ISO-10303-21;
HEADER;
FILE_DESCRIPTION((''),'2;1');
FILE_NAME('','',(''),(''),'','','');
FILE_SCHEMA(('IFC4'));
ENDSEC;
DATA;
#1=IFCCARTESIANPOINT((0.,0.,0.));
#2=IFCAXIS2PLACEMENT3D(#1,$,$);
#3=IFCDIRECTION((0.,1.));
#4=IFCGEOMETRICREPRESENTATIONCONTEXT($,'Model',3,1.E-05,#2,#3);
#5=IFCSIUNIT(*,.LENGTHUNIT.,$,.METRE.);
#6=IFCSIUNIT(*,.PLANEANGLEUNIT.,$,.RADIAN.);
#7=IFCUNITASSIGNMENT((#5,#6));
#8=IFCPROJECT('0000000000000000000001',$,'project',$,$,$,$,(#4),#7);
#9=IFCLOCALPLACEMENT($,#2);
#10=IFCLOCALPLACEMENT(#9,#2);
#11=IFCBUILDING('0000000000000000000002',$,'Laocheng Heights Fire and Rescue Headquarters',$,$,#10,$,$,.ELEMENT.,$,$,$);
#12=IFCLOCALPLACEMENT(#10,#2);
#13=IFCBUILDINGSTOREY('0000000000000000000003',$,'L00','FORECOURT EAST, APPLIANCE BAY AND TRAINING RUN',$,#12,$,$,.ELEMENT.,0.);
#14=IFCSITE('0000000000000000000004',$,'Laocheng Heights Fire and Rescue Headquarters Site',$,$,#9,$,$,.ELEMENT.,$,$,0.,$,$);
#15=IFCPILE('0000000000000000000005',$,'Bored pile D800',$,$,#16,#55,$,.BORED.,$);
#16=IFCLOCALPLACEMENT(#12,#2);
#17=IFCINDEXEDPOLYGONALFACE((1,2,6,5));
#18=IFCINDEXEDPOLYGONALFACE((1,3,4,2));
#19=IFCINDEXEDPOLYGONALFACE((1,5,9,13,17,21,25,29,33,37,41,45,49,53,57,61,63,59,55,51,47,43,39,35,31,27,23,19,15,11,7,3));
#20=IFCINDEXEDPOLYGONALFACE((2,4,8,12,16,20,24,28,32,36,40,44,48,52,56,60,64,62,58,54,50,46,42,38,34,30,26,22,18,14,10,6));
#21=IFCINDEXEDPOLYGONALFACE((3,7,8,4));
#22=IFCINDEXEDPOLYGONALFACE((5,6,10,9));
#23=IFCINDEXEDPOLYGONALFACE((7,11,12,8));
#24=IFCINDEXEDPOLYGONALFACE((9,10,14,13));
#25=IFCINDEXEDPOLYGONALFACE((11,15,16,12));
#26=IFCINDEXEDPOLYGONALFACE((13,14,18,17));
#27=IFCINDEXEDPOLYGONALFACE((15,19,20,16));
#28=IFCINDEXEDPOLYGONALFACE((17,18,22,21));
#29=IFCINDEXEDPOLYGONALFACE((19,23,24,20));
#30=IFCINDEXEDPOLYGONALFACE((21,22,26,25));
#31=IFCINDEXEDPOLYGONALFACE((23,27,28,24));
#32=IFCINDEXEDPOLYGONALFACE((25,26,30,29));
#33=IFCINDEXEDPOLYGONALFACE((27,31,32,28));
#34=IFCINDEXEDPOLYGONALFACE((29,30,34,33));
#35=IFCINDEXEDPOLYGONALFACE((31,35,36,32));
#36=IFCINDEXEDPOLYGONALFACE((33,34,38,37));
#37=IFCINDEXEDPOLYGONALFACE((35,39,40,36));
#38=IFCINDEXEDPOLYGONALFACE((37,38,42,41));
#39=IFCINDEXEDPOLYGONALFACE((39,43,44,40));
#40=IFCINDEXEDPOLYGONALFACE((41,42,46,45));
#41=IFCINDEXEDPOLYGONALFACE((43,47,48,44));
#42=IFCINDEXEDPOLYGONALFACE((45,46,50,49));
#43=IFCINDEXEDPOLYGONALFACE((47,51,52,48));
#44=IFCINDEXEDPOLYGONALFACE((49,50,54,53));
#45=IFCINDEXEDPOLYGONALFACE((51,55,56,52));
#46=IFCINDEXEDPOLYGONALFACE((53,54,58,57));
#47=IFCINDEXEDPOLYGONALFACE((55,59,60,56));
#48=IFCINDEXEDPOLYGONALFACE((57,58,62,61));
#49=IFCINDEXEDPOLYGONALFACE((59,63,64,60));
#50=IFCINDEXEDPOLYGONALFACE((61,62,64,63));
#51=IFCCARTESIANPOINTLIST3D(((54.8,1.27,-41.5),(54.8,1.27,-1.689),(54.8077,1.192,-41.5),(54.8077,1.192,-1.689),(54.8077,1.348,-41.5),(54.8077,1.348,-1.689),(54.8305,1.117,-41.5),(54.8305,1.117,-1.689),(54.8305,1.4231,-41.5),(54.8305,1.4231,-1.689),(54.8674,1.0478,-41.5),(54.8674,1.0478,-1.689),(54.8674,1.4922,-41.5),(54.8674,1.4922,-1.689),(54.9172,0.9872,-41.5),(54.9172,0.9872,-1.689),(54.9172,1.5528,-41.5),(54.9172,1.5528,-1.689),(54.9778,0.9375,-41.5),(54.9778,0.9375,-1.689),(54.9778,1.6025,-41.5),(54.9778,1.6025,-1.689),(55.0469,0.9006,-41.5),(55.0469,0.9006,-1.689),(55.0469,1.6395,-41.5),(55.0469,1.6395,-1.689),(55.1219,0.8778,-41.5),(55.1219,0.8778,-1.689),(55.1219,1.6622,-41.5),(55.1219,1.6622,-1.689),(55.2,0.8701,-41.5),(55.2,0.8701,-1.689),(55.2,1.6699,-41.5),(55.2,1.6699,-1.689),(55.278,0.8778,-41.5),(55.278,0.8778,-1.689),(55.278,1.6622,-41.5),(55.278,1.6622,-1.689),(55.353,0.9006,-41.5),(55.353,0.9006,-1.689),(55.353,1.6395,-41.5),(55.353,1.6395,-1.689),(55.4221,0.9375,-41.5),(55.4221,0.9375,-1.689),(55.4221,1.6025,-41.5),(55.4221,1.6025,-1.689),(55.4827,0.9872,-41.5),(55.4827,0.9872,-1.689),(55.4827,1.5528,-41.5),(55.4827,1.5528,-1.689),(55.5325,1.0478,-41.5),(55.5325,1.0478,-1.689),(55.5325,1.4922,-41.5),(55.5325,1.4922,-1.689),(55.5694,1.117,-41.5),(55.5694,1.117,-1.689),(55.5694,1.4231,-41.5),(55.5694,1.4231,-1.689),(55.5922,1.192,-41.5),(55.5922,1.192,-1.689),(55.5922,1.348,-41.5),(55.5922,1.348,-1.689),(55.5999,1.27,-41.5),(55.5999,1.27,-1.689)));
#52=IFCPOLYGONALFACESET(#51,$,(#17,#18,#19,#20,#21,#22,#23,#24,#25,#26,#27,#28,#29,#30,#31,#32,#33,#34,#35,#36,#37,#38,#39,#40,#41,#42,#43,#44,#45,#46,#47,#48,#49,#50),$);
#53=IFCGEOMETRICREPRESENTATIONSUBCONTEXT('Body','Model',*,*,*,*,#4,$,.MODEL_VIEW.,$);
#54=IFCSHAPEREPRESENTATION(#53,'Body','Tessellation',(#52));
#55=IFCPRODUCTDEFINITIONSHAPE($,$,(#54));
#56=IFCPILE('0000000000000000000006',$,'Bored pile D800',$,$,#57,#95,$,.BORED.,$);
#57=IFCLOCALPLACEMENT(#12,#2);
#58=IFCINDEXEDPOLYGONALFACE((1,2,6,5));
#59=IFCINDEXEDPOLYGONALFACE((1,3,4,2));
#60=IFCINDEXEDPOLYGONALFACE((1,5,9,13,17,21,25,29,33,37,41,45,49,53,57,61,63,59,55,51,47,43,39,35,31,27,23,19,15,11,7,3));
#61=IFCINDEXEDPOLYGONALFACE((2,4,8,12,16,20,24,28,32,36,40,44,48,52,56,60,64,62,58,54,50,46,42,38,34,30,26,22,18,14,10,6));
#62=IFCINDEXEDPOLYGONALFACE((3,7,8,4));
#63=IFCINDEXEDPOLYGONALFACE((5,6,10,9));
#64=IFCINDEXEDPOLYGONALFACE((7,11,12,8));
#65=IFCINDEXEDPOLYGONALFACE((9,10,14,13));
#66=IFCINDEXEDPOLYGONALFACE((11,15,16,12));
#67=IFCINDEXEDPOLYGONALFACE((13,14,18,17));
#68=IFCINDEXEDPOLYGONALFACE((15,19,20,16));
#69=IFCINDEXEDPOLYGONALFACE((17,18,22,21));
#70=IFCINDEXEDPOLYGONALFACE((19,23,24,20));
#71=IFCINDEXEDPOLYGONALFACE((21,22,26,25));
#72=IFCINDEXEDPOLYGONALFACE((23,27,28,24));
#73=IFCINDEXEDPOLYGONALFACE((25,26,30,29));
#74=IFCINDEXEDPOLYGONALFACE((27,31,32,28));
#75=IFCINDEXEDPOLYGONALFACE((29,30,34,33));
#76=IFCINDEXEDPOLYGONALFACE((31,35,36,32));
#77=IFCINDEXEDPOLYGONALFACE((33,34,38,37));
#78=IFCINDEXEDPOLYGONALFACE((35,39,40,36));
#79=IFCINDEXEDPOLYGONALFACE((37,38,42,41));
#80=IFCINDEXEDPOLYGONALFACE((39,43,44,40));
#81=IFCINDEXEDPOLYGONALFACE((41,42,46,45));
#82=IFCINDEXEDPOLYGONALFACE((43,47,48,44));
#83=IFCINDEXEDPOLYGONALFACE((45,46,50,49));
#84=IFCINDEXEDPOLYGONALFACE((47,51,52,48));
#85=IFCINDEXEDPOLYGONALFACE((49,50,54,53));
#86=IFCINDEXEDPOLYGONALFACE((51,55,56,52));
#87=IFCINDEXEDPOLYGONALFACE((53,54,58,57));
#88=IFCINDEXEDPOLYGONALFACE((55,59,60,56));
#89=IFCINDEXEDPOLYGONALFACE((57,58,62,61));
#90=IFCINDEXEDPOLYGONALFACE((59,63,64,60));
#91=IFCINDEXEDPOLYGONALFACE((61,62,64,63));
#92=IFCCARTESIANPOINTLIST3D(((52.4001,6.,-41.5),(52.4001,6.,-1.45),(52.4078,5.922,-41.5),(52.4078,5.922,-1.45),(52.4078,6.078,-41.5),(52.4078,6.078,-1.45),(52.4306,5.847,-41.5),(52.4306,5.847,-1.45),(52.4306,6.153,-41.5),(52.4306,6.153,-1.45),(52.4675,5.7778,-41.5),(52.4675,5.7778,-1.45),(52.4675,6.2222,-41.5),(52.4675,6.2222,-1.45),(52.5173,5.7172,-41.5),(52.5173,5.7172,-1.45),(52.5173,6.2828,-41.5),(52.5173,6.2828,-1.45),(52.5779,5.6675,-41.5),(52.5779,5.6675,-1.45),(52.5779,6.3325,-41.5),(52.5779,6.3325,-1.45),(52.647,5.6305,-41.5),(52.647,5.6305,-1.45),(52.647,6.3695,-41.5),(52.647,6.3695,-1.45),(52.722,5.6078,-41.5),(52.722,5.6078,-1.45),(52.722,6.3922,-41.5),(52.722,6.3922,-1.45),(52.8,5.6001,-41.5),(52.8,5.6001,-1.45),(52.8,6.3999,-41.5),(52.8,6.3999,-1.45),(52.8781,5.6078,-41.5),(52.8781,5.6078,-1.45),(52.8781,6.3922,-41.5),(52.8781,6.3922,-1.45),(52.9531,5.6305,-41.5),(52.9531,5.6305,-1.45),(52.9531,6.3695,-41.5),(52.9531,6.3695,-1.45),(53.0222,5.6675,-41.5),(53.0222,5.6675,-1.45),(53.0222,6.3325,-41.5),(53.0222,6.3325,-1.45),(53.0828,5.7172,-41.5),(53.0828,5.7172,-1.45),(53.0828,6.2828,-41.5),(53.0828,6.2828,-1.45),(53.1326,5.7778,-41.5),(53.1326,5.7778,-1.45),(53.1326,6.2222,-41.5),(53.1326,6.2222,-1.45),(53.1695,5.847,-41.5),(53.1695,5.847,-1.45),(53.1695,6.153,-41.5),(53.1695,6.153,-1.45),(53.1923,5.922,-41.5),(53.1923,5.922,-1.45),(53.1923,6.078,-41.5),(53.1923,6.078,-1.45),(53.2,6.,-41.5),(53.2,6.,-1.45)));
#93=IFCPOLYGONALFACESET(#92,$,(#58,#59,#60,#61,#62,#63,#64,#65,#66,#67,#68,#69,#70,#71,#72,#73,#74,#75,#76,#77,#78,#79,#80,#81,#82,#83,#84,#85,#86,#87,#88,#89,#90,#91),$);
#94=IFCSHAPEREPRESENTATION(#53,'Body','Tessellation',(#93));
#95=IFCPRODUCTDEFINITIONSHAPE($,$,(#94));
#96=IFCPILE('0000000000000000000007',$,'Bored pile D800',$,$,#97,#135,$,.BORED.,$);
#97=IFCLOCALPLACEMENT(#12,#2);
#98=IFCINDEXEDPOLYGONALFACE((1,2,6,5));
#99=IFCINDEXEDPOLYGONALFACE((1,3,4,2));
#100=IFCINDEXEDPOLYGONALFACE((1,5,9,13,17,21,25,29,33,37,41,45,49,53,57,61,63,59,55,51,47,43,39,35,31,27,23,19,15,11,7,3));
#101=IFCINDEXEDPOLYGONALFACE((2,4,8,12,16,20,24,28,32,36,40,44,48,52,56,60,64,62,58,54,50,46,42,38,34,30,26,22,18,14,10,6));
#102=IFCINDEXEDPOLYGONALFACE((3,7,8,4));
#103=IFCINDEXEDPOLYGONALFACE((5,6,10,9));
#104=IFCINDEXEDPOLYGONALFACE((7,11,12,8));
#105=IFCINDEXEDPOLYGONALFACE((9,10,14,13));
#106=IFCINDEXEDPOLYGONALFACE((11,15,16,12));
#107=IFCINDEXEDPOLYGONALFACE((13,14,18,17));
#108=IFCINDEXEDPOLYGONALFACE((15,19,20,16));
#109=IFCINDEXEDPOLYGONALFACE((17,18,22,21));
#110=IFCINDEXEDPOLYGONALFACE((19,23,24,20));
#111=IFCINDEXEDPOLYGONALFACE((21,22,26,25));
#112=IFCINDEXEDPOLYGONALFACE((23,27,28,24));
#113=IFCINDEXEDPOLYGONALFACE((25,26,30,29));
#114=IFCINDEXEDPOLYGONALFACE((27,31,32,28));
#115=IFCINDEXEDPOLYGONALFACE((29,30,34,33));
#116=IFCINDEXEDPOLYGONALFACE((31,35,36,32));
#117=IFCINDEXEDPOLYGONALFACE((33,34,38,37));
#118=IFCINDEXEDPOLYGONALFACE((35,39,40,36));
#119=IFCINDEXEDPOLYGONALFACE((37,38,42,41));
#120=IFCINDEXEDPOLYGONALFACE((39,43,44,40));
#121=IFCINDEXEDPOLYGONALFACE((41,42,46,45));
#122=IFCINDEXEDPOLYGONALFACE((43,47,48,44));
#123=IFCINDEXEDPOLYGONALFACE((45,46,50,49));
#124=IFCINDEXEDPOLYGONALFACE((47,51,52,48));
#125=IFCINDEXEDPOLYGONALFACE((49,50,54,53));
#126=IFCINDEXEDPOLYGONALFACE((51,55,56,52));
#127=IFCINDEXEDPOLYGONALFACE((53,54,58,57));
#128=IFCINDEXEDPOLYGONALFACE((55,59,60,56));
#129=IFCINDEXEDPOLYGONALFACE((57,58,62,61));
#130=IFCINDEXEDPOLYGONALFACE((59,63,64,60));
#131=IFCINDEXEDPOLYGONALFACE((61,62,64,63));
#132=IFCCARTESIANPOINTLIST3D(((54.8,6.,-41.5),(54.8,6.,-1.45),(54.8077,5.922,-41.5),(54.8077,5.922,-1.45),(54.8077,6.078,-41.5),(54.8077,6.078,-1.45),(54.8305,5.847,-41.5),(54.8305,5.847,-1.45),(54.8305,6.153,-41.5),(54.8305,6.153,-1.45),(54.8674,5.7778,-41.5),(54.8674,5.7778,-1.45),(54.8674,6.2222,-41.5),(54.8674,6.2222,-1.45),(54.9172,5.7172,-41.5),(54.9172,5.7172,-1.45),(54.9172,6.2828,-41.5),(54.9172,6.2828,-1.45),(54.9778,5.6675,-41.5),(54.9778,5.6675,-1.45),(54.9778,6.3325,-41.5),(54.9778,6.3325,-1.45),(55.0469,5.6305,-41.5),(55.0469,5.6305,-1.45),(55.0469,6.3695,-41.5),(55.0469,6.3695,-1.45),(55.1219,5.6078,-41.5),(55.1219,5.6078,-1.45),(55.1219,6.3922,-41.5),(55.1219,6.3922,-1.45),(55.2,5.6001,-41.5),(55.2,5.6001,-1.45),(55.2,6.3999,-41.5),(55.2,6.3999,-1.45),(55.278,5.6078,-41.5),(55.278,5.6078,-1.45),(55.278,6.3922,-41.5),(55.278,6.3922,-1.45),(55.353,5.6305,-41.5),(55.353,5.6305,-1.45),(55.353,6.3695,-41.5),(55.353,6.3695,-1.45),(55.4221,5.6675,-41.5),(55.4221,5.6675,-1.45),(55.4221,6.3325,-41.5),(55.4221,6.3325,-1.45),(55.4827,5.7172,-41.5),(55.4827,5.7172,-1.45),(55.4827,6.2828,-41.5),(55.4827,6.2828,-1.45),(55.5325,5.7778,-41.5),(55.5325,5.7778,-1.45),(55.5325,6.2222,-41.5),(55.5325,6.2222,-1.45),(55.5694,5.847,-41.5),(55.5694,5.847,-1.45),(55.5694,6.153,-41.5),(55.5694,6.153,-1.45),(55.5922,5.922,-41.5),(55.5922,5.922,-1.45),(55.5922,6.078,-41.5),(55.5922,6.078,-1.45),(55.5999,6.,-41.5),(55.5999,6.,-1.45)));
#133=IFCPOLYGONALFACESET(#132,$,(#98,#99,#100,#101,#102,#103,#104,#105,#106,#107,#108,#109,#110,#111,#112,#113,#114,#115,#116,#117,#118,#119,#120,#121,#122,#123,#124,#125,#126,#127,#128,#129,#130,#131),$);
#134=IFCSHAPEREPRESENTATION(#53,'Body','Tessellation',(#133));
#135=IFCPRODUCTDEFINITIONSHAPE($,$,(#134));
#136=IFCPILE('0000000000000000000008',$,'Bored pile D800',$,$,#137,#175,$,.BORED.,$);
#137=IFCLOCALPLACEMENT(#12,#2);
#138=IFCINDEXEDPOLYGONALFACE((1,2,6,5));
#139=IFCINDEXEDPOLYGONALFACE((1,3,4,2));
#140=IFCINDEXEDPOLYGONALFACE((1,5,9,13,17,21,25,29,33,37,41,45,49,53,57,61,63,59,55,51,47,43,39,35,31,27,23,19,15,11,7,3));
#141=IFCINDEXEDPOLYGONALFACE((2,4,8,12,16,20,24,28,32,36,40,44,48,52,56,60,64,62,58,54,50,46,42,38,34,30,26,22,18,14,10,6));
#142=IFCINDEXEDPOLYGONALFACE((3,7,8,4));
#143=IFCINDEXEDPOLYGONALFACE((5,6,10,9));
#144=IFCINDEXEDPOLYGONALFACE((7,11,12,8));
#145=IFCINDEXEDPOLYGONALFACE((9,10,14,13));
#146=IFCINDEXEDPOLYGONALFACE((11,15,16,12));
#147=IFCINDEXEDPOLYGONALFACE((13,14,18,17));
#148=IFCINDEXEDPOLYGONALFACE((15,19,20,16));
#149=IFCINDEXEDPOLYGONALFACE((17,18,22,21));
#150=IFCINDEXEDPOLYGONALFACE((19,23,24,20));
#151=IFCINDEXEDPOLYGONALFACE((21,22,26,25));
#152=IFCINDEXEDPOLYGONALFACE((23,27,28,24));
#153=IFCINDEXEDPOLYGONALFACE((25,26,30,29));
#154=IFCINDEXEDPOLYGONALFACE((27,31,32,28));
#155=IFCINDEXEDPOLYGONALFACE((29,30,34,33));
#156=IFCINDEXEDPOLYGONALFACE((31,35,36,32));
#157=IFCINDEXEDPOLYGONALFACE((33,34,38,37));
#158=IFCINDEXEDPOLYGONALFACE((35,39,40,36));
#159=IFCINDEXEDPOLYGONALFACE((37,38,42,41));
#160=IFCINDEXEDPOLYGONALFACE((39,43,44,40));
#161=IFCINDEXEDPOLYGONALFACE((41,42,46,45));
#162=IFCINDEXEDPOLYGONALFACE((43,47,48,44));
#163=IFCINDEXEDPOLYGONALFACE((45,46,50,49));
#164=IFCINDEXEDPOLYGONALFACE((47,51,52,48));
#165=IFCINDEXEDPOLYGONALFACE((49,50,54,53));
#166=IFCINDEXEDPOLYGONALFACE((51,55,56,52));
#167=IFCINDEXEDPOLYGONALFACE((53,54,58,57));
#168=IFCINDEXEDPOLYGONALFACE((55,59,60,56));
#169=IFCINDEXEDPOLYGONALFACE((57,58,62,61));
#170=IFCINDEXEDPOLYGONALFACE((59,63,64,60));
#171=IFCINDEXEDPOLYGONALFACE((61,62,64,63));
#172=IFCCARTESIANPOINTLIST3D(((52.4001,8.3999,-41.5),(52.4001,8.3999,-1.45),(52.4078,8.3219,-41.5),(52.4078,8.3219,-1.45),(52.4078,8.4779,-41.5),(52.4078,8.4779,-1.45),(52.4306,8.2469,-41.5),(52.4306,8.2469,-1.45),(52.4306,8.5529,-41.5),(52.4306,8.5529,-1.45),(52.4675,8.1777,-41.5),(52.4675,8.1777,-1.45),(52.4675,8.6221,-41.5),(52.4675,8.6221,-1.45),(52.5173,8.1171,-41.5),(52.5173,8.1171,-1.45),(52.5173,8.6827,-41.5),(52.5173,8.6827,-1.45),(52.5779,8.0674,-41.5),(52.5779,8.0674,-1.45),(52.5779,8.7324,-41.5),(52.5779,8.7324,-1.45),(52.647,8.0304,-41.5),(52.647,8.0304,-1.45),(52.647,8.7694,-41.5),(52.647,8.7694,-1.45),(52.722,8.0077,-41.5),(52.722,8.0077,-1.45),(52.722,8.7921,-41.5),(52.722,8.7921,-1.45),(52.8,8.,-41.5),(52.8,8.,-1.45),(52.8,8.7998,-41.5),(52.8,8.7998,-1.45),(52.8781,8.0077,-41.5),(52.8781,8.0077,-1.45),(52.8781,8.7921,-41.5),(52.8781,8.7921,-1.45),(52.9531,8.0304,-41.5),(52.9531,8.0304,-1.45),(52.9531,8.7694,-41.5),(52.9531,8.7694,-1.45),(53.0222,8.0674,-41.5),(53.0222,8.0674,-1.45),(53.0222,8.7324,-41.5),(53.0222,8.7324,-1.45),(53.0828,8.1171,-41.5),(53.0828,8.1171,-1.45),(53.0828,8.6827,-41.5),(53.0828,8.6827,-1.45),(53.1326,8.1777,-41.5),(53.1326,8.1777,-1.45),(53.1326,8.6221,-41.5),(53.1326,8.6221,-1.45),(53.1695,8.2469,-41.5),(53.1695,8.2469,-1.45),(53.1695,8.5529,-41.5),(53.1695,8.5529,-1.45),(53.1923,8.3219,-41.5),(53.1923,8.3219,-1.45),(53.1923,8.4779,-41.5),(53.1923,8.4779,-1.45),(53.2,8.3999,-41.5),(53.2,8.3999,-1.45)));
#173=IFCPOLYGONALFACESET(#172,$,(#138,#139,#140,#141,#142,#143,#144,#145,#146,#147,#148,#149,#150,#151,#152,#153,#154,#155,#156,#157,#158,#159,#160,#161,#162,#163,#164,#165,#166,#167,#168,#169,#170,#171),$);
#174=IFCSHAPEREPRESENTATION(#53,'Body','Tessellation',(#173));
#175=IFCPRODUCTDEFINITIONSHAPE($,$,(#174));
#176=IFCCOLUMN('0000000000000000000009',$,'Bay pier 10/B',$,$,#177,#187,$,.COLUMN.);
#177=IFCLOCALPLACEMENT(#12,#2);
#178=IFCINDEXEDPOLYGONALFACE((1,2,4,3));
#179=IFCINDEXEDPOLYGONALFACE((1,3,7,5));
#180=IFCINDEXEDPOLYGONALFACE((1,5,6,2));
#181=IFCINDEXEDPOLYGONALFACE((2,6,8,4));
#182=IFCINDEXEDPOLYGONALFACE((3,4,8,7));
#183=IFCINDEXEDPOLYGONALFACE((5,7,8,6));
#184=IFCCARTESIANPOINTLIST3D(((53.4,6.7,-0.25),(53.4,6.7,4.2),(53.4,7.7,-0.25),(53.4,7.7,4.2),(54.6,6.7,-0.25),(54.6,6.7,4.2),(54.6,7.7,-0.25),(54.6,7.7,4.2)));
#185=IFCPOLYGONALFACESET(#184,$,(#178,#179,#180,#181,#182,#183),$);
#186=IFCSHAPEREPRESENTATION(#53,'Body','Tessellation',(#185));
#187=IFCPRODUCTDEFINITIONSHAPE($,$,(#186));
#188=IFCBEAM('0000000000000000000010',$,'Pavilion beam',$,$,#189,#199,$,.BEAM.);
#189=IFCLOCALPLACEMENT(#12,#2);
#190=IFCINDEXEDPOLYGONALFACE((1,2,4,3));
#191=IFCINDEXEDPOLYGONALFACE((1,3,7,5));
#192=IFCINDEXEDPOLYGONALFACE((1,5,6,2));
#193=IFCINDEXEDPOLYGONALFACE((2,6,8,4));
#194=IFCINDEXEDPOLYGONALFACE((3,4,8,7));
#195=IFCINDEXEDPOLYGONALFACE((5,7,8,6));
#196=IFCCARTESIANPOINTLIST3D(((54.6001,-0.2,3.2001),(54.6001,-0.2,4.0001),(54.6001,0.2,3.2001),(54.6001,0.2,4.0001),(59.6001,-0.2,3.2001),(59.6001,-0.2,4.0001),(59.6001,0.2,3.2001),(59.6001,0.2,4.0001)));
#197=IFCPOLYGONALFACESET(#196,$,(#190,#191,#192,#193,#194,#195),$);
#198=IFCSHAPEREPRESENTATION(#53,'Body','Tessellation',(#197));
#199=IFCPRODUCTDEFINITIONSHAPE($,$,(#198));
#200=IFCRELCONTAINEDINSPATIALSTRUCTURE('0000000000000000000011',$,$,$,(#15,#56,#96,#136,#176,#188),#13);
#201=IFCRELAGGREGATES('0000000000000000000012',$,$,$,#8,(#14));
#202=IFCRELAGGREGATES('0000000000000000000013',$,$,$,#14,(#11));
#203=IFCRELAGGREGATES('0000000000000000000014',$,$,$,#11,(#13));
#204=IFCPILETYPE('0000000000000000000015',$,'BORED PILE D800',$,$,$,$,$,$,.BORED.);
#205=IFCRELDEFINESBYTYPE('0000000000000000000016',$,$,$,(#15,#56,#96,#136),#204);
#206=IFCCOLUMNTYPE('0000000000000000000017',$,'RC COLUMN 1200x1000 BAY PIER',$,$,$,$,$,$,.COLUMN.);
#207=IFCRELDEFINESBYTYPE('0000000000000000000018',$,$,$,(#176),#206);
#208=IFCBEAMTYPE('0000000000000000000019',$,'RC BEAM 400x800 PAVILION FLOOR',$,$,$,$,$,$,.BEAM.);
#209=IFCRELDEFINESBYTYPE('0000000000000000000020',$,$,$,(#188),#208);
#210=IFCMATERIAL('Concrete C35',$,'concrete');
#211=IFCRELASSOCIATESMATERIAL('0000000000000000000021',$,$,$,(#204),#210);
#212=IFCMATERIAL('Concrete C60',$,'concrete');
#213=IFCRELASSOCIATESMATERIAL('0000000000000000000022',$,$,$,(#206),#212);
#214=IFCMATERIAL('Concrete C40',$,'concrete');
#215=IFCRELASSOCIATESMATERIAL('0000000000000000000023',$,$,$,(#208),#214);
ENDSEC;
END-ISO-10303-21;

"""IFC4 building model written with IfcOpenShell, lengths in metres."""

from ifc_helpers import new_model, si_unit, direction, frame, origin, origin_2d, place, context, subcontext, project, spatial, rectangle, circle, extrude, material, material_profile, profile_set, type_object, element, save


model = new_model("IFC4")

# Units and contexts
model_context = context("Model", 3, precision=1e-05, world=origin(), true_north=direction((0.0, 1.0)))
body_context = subcontext(model_context, "Body", "Model", "MODEL_VIEW")
ifc_project = project(units=[si_unit("LENGTHUNIT", "METRE"), si_unit("PLANEANGLEUNIT", "RADIAN")], contexts=[model_context])

# Site, building, storey
site_placement = place(None, origin())
site = spatial("IfcSite", under=ifc_project, at=site_placement, Name="Laocheng Heights Fire and Rescue Headquarters Site", CompositionType="ELEMENT", RefElevation=0.0)
building_placement = place(site_placement, origin())
building = spatial("IfcBuilding", under=site, at=building_placement, Name="Laocheng Heights Fire and Rescue Headquarters", CompositionType="ELEMENT")
storey_placement = place(building_placement, origin())
storey = spatial("IfcBuildingStorey", under=building, at=storey_placement, Name="L00", Description="FORECOURT EAST, APPLIANCE BAY AND TRAINING RUN", CompositionType="ELEMENT", Elevation=0.0)

# Piles
ifc_material_1 = material(Name="Concrete C35", Category="concrete")
ifc_material_profile_1 = material_profile(ifc_material_1, circle(Radius=0.3999, at=origin_2d()), Name="BORED PILE D800")
ifc_profile_set_1 = profile_set([ifc_material_profile_1], Name="Concrete C35")
pile_type = type_object("IfcPileType", Name="BORED PILE D800", PredefinedType="BORED", material=ifc_profile_set_1)
for number, where, z_axis, x_axis, name in (
    (1, (55.2, 1.27, -1.689), (0.0, 0.0, -1.0), (1.0, 0.0, 0.0), "Bored pile D800"),
):
    element("IfcPile", number, at=place(storey_placement, frame(where, z_axis=z_axis, x_axis=x_axis)), inside=storey, type_object=pile_type, Name=name, PredefinedType="BORED", context=body_context, shape_type="SweptSolid", body=[
        extrude(circle(Radius=0.3999, at=origin_2d()), origin(), (0.0, 0.0, 1.0), 39.811),
    ])
for number, where, z_axis, x_axis, name in (
    (2, (52.8, 6.0, -1.45), (0.0, 0.0, -1.0), (1.0, 0.0, 0.0), "Bored pile D800"),
    (3, (55.2, 6.0, -1.45), (0.0, 0.0, -1.0), (1.0, 0.0, 0.0), "Bored pile D800"),
    (4, (52.8, 8.3999, -1.45), (0.0, 0.0, -1.0), (1.0, 0.0, 0.0), "Bored pile D800"),
):
    element("IfcPile", number, at=place(storey_placement, frame(where, z_axis=z_axis, x_axis=x_axis)), inside=storey, type_object=pile_type, Name=name, PredefinedType="BORED", context=body_context, shape_type="SweptSolid", body=[
        extrude(circle(Radius=0.3999, at=origin_2d()), origin(), (0.0, 0.0, 1.0), 40.05),
    ])

# Column
ifc_material_2 = material(Name="Concrete C60", Category="concrete")
ifc_material_profile_2 = material_profile(ifc_material_2, rectangle(XDim=1.2, YDim=1.0, at=origin_2d()), Name="RC COLUMN 1200x1000 BAY PIER")
ifc_profile_set_2 = profile_set([ifc_material_profile_2], Name="Concrete C60")
column_type = type_object("IfcColumnType", Name="RC COLUMN 1200x1000 BAY PIER", PredefinedType="COLUMN", material=ifc_profile_set_2)
column_placement = place(storey_placement, frame((54.0, 7.2, -0.25), z_axis=(0.0, 0.0, 1.0), x_axis=(1.0, 0.0, 0.0)))
element("IfcColumn", 5, at=column_placement, inside=storey, type_object=column_type, Name="Bay pier 10/B", PredefinedType="COLUMN", context=body_context, shape_type="SweptSolid", body=[
    extrude(rectangle(XDim=1.2, YDim=1.0, at=origin_2d()), origin(), (0.0, 0.0, 1.0), 4.45),
])

# Beam
ifc_material_3 = material(Name="Concrete C40", Category="concrete")
ifc_material_profile_3 = material_profile(ifc_material_3, rectangle(XDim=0.3999, YDim=0.8, at=origin_2d()), Name="RC BEAM 400x800 PAVILION FLOOR")
ifc_profile_set_3 = profile_set([ifc_material_profile_3], Name="Concrete C40")
beam_type_1 = type_object("IfcBeamType", Name="RC BEAM 400x800 PAVILION FLOOR", PredefinedType="BEAM", material=ifc_profile_set_3)
for number, where, z_axis, x_axis, name in (
    (6, (54.6001, 0.0, 3.6001), (1.0, 0.0, 0.0), (0.0, 1.0, 0.0), "Pavilion beam"),
):
    element("IfcBeam", number, at=place(storey_placement, frame(where, z_axis=z_axis, x_axis=x_axis)), inside=storey, type_object=beam_type_1, Name=name, PredefinedType="BEAM", context=body_context, shape_type="SweptSolid", body=[
        extrude(rectangle(XDim=0.3999, YDim=0.8, at=origin_2d()), origin(), (0.0, 0.0, 1.0), 5.0),
    ])

save(model, "model.ifc")
